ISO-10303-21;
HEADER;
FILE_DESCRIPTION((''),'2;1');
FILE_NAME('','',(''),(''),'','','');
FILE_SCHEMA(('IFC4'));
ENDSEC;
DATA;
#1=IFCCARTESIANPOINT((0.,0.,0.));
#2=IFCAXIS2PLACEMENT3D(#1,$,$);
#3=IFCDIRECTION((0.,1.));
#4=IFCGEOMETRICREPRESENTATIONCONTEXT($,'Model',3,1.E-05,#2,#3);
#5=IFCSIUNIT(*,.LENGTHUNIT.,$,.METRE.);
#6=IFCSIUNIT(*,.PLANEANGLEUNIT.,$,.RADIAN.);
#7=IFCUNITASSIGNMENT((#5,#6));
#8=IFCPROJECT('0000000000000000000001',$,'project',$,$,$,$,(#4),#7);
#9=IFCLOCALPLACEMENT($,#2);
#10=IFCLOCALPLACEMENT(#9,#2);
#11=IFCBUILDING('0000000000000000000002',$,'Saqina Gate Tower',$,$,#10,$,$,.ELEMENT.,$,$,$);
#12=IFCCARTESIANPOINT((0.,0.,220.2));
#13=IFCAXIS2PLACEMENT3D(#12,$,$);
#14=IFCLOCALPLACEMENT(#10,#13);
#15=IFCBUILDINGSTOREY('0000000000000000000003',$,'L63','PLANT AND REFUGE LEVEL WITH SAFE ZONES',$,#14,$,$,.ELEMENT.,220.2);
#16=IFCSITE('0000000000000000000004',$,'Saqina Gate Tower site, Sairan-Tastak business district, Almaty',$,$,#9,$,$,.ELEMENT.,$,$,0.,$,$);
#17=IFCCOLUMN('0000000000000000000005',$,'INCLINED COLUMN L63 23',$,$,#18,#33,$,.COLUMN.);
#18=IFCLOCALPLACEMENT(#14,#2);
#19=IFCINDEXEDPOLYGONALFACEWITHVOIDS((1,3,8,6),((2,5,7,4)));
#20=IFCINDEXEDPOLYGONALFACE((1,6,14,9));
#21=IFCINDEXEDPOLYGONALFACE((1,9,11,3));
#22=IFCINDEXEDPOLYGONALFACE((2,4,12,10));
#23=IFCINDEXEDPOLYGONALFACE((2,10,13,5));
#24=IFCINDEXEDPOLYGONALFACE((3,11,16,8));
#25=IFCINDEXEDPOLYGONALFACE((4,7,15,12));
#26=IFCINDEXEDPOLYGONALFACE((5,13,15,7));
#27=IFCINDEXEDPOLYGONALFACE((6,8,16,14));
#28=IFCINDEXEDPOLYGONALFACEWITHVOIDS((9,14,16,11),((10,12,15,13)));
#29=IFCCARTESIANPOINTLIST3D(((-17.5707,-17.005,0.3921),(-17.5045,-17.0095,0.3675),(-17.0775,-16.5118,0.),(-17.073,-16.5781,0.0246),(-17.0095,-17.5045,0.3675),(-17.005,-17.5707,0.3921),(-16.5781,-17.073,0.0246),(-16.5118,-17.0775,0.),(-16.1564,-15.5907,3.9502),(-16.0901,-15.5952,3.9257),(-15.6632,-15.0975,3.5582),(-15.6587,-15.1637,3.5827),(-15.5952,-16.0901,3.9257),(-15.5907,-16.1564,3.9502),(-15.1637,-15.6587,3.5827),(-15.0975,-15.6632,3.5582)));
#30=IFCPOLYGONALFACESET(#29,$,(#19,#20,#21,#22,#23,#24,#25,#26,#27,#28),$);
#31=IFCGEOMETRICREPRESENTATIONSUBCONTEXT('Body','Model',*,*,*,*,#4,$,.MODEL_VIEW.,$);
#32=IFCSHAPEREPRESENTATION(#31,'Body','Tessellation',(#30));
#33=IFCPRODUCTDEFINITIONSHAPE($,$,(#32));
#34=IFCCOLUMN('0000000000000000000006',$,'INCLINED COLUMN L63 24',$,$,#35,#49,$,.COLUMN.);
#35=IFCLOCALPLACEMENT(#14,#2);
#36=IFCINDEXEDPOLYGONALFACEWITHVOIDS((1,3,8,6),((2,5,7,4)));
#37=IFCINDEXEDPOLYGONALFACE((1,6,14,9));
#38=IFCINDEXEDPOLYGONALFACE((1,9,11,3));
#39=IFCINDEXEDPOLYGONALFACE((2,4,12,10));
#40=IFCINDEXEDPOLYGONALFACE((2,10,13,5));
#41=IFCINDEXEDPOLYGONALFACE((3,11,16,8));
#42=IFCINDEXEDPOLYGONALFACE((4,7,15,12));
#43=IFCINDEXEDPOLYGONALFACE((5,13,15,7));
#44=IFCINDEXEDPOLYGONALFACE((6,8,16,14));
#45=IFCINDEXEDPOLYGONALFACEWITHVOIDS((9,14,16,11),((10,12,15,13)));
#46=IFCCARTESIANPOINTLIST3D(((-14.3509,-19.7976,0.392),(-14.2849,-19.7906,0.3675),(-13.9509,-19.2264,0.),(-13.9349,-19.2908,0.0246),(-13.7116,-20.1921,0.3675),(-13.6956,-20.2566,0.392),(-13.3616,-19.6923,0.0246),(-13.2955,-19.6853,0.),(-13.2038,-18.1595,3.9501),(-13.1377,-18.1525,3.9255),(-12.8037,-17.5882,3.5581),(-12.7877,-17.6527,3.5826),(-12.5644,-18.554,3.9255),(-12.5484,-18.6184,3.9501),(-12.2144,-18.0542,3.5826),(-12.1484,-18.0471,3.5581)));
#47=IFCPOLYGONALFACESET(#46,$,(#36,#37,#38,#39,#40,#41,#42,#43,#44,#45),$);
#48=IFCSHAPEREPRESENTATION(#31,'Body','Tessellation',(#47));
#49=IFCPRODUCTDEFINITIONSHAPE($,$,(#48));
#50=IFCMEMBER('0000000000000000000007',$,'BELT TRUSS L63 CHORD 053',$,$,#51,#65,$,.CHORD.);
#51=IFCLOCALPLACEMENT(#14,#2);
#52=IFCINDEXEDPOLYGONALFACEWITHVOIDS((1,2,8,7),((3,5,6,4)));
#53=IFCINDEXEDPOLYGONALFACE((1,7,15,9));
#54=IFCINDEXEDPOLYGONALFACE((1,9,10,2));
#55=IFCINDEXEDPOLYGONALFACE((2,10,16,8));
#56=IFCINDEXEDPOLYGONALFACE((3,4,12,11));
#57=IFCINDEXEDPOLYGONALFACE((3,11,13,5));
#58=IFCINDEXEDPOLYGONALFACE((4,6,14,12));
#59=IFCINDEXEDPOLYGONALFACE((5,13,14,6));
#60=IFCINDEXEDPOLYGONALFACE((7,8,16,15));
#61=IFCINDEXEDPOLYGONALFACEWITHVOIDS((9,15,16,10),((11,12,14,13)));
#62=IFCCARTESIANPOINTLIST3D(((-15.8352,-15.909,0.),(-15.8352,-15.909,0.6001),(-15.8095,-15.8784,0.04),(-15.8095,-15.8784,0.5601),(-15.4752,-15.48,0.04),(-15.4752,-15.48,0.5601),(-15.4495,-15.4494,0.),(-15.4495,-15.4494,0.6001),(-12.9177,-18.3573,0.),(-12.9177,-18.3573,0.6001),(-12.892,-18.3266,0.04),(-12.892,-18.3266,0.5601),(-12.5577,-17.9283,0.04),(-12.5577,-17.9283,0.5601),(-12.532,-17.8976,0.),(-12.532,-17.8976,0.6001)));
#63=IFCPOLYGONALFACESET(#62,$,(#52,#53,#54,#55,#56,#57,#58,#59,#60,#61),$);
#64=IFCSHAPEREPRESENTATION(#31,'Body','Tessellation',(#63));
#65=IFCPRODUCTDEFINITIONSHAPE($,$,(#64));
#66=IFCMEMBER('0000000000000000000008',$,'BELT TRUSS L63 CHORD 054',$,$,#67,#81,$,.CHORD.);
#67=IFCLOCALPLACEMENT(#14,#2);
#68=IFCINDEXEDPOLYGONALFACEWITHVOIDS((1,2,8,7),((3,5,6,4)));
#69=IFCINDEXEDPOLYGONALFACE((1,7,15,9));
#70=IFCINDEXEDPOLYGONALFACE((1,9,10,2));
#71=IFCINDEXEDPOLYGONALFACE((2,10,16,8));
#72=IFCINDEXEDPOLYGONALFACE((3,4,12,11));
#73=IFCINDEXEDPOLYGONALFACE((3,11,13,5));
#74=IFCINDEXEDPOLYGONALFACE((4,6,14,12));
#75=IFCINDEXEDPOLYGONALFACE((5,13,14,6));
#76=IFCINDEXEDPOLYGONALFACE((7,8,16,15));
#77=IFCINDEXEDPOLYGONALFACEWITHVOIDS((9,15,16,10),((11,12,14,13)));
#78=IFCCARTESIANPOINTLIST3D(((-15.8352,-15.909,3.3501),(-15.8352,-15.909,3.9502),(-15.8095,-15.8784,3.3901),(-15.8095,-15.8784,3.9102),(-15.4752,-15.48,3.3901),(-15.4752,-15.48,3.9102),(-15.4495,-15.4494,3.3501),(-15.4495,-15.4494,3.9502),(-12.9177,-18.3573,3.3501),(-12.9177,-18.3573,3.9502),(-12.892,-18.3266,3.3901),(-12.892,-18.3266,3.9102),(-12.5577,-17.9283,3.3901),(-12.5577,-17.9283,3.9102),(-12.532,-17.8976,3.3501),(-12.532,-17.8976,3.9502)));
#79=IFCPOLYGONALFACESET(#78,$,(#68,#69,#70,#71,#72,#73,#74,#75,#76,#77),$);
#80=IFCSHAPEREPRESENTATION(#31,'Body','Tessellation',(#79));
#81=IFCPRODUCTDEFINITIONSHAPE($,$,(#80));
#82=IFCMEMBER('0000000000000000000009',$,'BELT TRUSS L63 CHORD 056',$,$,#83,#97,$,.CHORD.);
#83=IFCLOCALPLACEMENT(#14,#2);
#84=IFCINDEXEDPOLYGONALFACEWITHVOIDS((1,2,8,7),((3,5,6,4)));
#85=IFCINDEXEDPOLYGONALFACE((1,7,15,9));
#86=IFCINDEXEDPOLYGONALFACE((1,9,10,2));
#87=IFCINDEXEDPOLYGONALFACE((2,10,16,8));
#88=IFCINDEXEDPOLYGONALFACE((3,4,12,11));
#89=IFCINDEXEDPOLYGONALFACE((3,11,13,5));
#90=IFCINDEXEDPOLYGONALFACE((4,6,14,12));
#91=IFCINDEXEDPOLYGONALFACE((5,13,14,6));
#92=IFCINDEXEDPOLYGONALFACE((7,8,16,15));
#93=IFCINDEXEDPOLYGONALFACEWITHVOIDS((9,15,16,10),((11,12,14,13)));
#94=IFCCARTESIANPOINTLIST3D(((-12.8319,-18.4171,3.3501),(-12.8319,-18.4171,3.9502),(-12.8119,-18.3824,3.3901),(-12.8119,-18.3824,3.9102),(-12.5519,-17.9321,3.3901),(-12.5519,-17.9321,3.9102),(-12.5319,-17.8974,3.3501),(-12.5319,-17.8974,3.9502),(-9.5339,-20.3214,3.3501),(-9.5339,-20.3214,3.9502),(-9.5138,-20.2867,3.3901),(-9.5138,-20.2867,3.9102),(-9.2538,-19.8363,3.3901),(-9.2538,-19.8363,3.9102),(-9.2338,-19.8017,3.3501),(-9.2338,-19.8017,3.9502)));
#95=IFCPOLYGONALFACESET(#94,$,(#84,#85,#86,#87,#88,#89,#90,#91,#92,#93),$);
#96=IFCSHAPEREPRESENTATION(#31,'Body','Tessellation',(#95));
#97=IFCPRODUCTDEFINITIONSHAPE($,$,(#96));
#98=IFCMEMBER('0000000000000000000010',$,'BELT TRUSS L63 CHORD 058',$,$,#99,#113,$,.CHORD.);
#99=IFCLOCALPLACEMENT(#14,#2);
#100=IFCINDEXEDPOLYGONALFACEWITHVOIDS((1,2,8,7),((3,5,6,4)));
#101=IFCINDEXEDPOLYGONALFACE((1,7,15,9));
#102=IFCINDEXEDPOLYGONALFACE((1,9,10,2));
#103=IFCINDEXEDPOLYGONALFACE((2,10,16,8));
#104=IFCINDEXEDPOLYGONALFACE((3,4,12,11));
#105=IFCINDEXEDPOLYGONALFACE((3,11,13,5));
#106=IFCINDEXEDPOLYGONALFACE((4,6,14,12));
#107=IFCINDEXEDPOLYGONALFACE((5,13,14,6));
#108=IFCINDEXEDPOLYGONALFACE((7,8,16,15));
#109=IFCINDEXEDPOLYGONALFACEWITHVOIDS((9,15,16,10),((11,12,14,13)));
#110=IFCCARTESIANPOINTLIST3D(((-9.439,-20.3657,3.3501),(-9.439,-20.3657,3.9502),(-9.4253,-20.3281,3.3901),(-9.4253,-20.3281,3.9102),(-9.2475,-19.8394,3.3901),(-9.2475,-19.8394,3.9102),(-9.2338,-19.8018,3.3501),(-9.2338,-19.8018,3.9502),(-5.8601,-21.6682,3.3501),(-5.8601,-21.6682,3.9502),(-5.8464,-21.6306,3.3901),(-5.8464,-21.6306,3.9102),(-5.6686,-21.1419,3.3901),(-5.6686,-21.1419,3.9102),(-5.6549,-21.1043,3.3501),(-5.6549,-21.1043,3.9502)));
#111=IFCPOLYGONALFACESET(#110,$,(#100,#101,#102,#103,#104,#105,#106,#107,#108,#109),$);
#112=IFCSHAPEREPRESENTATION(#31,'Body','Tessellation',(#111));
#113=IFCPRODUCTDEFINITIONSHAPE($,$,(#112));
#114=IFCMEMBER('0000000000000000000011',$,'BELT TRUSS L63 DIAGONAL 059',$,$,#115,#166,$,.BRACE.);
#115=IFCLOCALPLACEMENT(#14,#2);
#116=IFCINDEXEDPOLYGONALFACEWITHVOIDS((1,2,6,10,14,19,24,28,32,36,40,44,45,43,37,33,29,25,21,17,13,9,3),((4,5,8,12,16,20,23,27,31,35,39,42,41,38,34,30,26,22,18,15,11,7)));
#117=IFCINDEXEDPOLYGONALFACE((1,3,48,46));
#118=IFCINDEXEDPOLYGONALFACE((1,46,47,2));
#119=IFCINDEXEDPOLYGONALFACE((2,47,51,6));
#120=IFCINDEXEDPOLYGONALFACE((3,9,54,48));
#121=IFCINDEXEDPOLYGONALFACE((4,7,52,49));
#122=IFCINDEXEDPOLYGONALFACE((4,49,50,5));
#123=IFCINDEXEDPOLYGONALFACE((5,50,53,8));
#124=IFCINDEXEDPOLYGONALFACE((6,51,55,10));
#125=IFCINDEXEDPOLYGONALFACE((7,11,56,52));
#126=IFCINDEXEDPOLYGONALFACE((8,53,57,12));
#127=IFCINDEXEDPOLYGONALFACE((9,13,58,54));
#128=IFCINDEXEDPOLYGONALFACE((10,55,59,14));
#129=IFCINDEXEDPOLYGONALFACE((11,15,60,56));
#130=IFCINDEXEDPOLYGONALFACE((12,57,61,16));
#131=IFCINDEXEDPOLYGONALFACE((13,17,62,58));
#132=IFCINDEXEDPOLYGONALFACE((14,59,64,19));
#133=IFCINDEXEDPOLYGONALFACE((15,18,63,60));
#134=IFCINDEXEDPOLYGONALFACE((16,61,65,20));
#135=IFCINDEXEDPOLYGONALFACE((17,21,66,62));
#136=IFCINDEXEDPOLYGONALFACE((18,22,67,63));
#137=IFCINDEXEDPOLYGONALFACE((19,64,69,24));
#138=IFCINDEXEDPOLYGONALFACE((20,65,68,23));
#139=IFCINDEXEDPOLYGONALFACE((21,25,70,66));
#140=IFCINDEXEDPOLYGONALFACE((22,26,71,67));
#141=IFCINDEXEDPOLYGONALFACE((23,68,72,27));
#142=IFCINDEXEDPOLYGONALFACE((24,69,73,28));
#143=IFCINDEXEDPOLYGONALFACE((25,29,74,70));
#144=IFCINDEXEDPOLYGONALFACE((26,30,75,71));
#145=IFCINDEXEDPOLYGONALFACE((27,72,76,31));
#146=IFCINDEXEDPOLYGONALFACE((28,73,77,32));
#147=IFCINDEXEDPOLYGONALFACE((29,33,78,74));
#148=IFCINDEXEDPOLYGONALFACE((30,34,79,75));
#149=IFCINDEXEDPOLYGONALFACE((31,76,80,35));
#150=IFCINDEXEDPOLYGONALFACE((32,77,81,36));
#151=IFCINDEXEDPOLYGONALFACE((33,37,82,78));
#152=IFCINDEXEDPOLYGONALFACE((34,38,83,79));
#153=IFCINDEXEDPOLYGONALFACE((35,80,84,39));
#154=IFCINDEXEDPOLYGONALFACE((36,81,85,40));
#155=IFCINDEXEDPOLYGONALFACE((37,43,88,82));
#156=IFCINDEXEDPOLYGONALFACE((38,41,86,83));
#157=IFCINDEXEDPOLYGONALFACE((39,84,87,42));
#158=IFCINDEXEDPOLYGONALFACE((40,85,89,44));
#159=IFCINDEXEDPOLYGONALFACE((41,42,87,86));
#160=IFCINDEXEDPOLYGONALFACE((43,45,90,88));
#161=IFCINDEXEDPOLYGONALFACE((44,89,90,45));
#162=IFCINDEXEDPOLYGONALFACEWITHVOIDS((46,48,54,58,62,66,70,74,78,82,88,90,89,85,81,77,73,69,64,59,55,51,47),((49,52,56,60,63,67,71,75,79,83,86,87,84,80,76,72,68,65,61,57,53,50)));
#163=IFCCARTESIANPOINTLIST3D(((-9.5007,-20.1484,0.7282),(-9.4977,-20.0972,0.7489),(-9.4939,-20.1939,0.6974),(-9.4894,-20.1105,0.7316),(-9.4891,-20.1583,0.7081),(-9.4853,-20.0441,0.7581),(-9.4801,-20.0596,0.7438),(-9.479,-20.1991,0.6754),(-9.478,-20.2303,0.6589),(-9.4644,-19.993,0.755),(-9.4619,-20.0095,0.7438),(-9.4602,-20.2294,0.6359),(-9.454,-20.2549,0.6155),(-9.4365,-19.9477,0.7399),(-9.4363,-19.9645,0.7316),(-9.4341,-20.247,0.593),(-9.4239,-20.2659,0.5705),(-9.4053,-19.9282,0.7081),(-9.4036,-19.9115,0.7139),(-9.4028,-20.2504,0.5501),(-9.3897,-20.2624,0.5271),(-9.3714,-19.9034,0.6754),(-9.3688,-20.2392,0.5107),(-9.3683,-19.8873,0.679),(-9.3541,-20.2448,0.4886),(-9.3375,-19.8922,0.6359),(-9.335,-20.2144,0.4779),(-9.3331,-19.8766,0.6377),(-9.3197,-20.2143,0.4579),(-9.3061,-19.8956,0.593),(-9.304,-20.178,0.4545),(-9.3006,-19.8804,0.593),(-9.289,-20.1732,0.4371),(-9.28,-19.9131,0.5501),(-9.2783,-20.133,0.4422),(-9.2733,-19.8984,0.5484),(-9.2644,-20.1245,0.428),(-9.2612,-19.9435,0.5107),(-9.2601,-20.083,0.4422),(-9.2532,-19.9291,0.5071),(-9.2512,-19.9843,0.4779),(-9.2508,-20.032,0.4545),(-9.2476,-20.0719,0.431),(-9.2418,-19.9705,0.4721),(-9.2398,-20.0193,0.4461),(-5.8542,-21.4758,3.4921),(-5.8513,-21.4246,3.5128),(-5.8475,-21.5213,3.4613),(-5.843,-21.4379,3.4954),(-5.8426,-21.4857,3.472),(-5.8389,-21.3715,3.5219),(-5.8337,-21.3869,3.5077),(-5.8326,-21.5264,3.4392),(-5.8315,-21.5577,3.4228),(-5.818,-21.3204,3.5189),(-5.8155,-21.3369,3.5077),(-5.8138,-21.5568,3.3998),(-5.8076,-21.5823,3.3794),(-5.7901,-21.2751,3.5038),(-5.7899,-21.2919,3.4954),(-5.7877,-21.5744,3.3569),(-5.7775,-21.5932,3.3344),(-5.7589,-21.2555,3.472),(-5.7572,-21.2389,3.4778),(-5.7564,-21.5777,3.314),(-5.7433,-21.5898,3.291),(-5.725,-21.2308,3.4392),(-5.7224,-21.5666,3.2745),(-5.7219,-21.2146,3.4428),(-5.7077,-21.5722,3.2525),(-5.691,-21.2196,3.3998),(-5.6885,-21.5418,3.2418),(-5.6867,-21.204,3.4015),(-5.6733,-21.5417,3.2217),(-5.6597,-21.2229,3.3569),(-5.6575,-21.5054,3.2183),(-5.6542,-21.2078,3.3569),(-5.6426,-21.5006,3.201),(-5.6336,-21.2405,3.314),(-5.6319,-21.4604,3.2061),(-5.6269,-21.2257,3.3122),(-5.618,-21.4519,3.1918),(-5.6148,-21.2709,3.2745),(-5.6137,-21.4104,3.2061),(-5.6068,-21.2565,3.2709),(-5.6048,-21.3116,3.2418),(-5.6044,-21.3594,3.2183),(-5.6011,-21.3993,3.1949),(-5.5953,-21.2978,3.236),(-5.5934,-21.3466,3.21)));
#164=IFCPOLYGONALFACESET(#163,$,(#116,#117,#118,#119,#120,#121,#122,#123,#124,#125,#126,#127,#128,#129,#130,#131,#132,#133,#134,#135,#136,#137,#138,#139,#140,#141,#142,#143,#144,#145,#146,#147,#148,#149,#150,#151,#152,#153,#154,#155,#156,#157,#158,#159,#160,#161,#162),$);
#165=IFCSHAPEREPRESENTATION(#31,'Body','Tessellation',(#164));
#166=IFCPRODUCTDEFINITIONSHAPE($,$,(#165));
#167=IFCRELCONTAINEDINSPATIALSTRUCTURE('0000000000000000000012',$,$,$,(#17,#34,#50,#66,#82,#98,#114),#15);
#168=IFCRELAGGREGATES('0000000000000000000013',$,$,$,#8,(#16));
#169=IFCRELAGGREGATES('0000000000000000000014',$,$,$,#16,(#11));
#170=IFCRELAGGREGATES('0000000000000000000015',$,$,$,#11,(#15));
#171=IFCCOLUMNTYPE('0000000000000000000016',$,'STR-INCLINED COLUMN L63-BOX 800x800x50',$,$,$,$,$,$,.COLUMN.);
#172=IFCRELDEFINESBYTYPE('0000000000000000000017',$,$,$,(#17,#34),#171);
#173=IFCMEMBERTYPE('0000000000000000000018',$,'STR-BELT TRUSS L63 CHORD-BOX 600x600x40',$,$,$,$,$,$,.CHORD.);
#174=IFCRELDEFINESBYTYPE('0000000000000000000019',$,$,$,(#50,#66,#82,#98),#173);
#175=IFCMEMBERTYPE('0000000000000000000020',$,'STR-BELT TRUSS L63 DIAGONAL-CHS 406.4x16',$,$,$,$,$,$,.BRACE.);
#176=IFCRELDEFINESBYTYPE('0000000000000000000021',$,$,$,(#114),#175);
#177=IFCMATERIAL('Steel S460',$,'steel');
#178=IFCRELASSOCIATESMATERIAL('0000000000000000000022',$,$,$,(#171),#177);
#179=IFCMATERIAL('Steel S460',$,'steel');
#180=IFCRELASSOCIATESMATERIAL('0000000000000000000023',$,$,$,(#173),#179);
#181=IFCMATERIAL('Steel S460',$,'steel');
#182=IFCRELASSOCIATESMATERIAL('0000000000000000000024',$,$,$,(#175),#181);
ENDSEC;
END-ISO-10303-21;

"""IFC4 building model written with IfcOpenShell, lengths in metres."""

from ifc_helpers import new_model, si_unit, direction, frame, origin, origin_2d, place, context, subcontext, project, spatial, hollow_rectangle, hollow_circle, extrude, material, material_profile, profile_set, type_object, element, save


model = new_model("IFC4")

# Units and contexts
model_context = context("Model", 3, precision=1e-05, world=origin(), true_north=direction((0.0, 1.0)))
body_context = subcontext(model_context, "Body", "Model", "MODEL_VIEW")
ifc_project = project(units=[si_unit("LENGTHUNIT", "METRE"), si_unit("PLANEANGLEUNIT", "RADIAN")], contexts=[model_context])

# Site, building, storey
site_placement = place(None, origin())
site = spatial("IfcSite", under=ifc_project, at=site_placement, Name="Saqina Gate Tower site, Sairan-Tastak business district, Almaty", CompositionType="ELEMENT", RefElevation=0.0)
building_placement = place(site_placement, origin())
building = spatial("IfcBuilding", under=site, at=building_placement, Name="Saqina Gate Tower", CompositionType="ELEMENT")
storey_placement = place(building_placement, frame((0.0, 0.0, 220.2)))
storey = spatial("IfcBuildingStorey", under=building, at=storey_placement, Name="L63", Description="PLANT AND REFUGE LEVEL WITH SAFE ZONES", CompositionType="ELEMENT", Elevation=220.2)

# Columns
ifc_material_1 = material(Name="Steel S460", Category="steel")
ifc_material_profile_1 = material_profile(ifc_material_1, hollow_rectangle(XDim=0.8, YDim=0.8, WallThickness=0.05, at=origin_2d()), Name="BOX 800x800x50")
ifc_profile_set_1 = profile_set([ifc_material_profile_1], Name="Steel S460")
column_type = type_object("IfcColumnType", Name="STR-INCLINED COLUMN L63-BOX 800x800x50", PredefinedType="COLUMN", material=ifc_profile_set_1)
column_1_placement = place(storey_placement, frame((-17.0413, -17.0413, 0.196), z_axis=(0.346496, 0.346496, 0.871712), x_axis=(-0.707107, 0.707107, 0.0)))
element("IfcColumn", 1, at=column_1_placement, inside=storey, type_object=column_type, Name="INCLINED COLUMN L63 23", PredefinedType="COLUMN", context=body_context, shape_type="SweptSolid", body=[
    extrude(hollow_rectangle(XDim=0.8, YDim=0.8, WallThickness=0.05, at=origin_2d()), origin(), (0.0, 0.0, 1.0), 4.0818),
])
column_2_placement = place(storey_placement, frame((-13.8232, -19.7415, 0.196), z_axis=(0.281067, 0.401353, 0.871732), x_axis=(-0.819117, 0.573626, 0.0)))
element("IfcColumn", 2, at=column_2_placement, inside=storey, type_object=column_type, Name="INCLINED COLUMN L63 24", PredefinedType="COLUMN", context=body_context, shape_type="SweptSolid", body=[
    extrude(hollow_rectangle(XDim=0.8, YDim=0.8, WallThickness=0.05, at=origin_2d()), origin(), (0.0, 0.0, 1.0), 4.0815),
])

# Members
ifc_material_2 = material(Name="Steel S460", Category="steel")
ifc_material_profile_2 = material_profile(ifc_material_2, hollow_rectangle(XDim=0.6001, YDim=0.6001, WallThickness=0.04, at=origin_2d()), Name="BOX 600x600x40")
ifc_profile_set_2 = profile_set([ifc_material_profile_2], Name="Steel S460")
member_type_1 = type_object("IfcMemberType", Name="STR-BELT TRUSS L63 CHORD-BOX 600x600x40", PredefinedType="CHORD", material=ifc_profile_set_2)
for number, where, z_axis, x_axis, name in (
    (3, (-15.6423, -15.6792, 0.3), (0.76602, -0.642816, 0.0), (0.642816, 0.76602, 0.0), "BELT TRUSS L63 CHORD 053"),
    (4, (-15.6423, -15.6792, 3.6501), (0.76602, -0.642816, 0.0), (0.642816, 0.76602, 0.0), "BELT TRUSS L63 CHORD 054"),
):
    element("IfcMember", number, at=place(storey_placement, frame(where, z_axis=z_axis, x_axis=x_axis)), inside=storey, type_object=member_type_1, Name=name, PredefinedType="CHORD", context=body_context, shape_type="SweptSolid", body=[
        extrude(hollow_rectangle(XDim=0.6001, YDim=0.6001, WallThickness=0.04, at=origin_2d()), origin(), (0.0, 0.0, 1.0), 3.8086),
    ])
member_1_placement = place(storey_placement, frame((-12.6819, -18.1572, 3.6501), z_axis=(0.866009, -0.500028, 0.0), x_axis=(0.500028, 0.866009, 0.0)))
element("IfcMember", 5, at=member_1_placement, inside=storey, type_object=member_type_1, Name="BELT TRUSS L63 CHORD 056", PredefinedType="CHORD", context=body_context, shape_type="SweptSolid", body=[
    extrude(hollow_rectangle(XDim=0.6001, YDim=0.6001, WallThickness=0.04, at=origin_2d()), origin(), (0.0, 0.0, 1.0), 3.8083),
])
member_2_placement = place(storey_placement, frame((-9.3364, -20.0837, 3.6501), z_axis=(0.939702, -0.341995, 0.0), x_axis=(0.341995, 0.939702, 0.0)))
element("IfcMember", 6, at=member_2_placement, inside=storey, type_object=member_type_1, Name="BELT TRUSS L63 CHORD 058", PredefinedType="CHORD", context=body_context, shape_type="SweptSolid", body=[
    extrude(hollow_rectangle(XDim=0.6001, YDim=0.6001, WallThickness=0.04, at=origin_2d()), origin(), (0.0, 0.0, 1.0), 3.8086),
])
ifc_material_3 = material(Name="Steel S460", Category="steel")
ifc_material_profile_3 = material_profile(ifc_material_3, hollow_circle(Radius=0.2031, WallThickness=0.0161, at=origin_2d()), Name="CHS 406.4x16")
ifc_profile_set_3 = profile_set([ifc_material_profile_3], Name="Steel S460")
member_type_2 = type_object("IfcMemberType", Name="STR-BELT TRUSS L63 DIAGONAL-CHS 406.4x16", PredefinedType="BRACE", material=ifc_profile_set_3)
member_3_placement = place(storey_placement, frame((-9.3701, -20.0713, 0.593), z_axis=(0.765385, -0.278615, 0.580137), x_axis=(0.342061, 0.939678, 0.0)))
element("IfcMember", 7, at=member_3_placement, inside=storey, type_object=member_type_2, Name="BELT TRUSS L63 DIAGONAL 059", PredefinedType="BRACE", context=body_context, shape_type="SweptSolid", body=[
    extrude(hollow_circle(Radius=0.2031, WallThickness=0.0161, at=origin_2d()), origin(), (0.0, 0.0, 1.0), 4.7642),
])

save(model, "model.ifc")
